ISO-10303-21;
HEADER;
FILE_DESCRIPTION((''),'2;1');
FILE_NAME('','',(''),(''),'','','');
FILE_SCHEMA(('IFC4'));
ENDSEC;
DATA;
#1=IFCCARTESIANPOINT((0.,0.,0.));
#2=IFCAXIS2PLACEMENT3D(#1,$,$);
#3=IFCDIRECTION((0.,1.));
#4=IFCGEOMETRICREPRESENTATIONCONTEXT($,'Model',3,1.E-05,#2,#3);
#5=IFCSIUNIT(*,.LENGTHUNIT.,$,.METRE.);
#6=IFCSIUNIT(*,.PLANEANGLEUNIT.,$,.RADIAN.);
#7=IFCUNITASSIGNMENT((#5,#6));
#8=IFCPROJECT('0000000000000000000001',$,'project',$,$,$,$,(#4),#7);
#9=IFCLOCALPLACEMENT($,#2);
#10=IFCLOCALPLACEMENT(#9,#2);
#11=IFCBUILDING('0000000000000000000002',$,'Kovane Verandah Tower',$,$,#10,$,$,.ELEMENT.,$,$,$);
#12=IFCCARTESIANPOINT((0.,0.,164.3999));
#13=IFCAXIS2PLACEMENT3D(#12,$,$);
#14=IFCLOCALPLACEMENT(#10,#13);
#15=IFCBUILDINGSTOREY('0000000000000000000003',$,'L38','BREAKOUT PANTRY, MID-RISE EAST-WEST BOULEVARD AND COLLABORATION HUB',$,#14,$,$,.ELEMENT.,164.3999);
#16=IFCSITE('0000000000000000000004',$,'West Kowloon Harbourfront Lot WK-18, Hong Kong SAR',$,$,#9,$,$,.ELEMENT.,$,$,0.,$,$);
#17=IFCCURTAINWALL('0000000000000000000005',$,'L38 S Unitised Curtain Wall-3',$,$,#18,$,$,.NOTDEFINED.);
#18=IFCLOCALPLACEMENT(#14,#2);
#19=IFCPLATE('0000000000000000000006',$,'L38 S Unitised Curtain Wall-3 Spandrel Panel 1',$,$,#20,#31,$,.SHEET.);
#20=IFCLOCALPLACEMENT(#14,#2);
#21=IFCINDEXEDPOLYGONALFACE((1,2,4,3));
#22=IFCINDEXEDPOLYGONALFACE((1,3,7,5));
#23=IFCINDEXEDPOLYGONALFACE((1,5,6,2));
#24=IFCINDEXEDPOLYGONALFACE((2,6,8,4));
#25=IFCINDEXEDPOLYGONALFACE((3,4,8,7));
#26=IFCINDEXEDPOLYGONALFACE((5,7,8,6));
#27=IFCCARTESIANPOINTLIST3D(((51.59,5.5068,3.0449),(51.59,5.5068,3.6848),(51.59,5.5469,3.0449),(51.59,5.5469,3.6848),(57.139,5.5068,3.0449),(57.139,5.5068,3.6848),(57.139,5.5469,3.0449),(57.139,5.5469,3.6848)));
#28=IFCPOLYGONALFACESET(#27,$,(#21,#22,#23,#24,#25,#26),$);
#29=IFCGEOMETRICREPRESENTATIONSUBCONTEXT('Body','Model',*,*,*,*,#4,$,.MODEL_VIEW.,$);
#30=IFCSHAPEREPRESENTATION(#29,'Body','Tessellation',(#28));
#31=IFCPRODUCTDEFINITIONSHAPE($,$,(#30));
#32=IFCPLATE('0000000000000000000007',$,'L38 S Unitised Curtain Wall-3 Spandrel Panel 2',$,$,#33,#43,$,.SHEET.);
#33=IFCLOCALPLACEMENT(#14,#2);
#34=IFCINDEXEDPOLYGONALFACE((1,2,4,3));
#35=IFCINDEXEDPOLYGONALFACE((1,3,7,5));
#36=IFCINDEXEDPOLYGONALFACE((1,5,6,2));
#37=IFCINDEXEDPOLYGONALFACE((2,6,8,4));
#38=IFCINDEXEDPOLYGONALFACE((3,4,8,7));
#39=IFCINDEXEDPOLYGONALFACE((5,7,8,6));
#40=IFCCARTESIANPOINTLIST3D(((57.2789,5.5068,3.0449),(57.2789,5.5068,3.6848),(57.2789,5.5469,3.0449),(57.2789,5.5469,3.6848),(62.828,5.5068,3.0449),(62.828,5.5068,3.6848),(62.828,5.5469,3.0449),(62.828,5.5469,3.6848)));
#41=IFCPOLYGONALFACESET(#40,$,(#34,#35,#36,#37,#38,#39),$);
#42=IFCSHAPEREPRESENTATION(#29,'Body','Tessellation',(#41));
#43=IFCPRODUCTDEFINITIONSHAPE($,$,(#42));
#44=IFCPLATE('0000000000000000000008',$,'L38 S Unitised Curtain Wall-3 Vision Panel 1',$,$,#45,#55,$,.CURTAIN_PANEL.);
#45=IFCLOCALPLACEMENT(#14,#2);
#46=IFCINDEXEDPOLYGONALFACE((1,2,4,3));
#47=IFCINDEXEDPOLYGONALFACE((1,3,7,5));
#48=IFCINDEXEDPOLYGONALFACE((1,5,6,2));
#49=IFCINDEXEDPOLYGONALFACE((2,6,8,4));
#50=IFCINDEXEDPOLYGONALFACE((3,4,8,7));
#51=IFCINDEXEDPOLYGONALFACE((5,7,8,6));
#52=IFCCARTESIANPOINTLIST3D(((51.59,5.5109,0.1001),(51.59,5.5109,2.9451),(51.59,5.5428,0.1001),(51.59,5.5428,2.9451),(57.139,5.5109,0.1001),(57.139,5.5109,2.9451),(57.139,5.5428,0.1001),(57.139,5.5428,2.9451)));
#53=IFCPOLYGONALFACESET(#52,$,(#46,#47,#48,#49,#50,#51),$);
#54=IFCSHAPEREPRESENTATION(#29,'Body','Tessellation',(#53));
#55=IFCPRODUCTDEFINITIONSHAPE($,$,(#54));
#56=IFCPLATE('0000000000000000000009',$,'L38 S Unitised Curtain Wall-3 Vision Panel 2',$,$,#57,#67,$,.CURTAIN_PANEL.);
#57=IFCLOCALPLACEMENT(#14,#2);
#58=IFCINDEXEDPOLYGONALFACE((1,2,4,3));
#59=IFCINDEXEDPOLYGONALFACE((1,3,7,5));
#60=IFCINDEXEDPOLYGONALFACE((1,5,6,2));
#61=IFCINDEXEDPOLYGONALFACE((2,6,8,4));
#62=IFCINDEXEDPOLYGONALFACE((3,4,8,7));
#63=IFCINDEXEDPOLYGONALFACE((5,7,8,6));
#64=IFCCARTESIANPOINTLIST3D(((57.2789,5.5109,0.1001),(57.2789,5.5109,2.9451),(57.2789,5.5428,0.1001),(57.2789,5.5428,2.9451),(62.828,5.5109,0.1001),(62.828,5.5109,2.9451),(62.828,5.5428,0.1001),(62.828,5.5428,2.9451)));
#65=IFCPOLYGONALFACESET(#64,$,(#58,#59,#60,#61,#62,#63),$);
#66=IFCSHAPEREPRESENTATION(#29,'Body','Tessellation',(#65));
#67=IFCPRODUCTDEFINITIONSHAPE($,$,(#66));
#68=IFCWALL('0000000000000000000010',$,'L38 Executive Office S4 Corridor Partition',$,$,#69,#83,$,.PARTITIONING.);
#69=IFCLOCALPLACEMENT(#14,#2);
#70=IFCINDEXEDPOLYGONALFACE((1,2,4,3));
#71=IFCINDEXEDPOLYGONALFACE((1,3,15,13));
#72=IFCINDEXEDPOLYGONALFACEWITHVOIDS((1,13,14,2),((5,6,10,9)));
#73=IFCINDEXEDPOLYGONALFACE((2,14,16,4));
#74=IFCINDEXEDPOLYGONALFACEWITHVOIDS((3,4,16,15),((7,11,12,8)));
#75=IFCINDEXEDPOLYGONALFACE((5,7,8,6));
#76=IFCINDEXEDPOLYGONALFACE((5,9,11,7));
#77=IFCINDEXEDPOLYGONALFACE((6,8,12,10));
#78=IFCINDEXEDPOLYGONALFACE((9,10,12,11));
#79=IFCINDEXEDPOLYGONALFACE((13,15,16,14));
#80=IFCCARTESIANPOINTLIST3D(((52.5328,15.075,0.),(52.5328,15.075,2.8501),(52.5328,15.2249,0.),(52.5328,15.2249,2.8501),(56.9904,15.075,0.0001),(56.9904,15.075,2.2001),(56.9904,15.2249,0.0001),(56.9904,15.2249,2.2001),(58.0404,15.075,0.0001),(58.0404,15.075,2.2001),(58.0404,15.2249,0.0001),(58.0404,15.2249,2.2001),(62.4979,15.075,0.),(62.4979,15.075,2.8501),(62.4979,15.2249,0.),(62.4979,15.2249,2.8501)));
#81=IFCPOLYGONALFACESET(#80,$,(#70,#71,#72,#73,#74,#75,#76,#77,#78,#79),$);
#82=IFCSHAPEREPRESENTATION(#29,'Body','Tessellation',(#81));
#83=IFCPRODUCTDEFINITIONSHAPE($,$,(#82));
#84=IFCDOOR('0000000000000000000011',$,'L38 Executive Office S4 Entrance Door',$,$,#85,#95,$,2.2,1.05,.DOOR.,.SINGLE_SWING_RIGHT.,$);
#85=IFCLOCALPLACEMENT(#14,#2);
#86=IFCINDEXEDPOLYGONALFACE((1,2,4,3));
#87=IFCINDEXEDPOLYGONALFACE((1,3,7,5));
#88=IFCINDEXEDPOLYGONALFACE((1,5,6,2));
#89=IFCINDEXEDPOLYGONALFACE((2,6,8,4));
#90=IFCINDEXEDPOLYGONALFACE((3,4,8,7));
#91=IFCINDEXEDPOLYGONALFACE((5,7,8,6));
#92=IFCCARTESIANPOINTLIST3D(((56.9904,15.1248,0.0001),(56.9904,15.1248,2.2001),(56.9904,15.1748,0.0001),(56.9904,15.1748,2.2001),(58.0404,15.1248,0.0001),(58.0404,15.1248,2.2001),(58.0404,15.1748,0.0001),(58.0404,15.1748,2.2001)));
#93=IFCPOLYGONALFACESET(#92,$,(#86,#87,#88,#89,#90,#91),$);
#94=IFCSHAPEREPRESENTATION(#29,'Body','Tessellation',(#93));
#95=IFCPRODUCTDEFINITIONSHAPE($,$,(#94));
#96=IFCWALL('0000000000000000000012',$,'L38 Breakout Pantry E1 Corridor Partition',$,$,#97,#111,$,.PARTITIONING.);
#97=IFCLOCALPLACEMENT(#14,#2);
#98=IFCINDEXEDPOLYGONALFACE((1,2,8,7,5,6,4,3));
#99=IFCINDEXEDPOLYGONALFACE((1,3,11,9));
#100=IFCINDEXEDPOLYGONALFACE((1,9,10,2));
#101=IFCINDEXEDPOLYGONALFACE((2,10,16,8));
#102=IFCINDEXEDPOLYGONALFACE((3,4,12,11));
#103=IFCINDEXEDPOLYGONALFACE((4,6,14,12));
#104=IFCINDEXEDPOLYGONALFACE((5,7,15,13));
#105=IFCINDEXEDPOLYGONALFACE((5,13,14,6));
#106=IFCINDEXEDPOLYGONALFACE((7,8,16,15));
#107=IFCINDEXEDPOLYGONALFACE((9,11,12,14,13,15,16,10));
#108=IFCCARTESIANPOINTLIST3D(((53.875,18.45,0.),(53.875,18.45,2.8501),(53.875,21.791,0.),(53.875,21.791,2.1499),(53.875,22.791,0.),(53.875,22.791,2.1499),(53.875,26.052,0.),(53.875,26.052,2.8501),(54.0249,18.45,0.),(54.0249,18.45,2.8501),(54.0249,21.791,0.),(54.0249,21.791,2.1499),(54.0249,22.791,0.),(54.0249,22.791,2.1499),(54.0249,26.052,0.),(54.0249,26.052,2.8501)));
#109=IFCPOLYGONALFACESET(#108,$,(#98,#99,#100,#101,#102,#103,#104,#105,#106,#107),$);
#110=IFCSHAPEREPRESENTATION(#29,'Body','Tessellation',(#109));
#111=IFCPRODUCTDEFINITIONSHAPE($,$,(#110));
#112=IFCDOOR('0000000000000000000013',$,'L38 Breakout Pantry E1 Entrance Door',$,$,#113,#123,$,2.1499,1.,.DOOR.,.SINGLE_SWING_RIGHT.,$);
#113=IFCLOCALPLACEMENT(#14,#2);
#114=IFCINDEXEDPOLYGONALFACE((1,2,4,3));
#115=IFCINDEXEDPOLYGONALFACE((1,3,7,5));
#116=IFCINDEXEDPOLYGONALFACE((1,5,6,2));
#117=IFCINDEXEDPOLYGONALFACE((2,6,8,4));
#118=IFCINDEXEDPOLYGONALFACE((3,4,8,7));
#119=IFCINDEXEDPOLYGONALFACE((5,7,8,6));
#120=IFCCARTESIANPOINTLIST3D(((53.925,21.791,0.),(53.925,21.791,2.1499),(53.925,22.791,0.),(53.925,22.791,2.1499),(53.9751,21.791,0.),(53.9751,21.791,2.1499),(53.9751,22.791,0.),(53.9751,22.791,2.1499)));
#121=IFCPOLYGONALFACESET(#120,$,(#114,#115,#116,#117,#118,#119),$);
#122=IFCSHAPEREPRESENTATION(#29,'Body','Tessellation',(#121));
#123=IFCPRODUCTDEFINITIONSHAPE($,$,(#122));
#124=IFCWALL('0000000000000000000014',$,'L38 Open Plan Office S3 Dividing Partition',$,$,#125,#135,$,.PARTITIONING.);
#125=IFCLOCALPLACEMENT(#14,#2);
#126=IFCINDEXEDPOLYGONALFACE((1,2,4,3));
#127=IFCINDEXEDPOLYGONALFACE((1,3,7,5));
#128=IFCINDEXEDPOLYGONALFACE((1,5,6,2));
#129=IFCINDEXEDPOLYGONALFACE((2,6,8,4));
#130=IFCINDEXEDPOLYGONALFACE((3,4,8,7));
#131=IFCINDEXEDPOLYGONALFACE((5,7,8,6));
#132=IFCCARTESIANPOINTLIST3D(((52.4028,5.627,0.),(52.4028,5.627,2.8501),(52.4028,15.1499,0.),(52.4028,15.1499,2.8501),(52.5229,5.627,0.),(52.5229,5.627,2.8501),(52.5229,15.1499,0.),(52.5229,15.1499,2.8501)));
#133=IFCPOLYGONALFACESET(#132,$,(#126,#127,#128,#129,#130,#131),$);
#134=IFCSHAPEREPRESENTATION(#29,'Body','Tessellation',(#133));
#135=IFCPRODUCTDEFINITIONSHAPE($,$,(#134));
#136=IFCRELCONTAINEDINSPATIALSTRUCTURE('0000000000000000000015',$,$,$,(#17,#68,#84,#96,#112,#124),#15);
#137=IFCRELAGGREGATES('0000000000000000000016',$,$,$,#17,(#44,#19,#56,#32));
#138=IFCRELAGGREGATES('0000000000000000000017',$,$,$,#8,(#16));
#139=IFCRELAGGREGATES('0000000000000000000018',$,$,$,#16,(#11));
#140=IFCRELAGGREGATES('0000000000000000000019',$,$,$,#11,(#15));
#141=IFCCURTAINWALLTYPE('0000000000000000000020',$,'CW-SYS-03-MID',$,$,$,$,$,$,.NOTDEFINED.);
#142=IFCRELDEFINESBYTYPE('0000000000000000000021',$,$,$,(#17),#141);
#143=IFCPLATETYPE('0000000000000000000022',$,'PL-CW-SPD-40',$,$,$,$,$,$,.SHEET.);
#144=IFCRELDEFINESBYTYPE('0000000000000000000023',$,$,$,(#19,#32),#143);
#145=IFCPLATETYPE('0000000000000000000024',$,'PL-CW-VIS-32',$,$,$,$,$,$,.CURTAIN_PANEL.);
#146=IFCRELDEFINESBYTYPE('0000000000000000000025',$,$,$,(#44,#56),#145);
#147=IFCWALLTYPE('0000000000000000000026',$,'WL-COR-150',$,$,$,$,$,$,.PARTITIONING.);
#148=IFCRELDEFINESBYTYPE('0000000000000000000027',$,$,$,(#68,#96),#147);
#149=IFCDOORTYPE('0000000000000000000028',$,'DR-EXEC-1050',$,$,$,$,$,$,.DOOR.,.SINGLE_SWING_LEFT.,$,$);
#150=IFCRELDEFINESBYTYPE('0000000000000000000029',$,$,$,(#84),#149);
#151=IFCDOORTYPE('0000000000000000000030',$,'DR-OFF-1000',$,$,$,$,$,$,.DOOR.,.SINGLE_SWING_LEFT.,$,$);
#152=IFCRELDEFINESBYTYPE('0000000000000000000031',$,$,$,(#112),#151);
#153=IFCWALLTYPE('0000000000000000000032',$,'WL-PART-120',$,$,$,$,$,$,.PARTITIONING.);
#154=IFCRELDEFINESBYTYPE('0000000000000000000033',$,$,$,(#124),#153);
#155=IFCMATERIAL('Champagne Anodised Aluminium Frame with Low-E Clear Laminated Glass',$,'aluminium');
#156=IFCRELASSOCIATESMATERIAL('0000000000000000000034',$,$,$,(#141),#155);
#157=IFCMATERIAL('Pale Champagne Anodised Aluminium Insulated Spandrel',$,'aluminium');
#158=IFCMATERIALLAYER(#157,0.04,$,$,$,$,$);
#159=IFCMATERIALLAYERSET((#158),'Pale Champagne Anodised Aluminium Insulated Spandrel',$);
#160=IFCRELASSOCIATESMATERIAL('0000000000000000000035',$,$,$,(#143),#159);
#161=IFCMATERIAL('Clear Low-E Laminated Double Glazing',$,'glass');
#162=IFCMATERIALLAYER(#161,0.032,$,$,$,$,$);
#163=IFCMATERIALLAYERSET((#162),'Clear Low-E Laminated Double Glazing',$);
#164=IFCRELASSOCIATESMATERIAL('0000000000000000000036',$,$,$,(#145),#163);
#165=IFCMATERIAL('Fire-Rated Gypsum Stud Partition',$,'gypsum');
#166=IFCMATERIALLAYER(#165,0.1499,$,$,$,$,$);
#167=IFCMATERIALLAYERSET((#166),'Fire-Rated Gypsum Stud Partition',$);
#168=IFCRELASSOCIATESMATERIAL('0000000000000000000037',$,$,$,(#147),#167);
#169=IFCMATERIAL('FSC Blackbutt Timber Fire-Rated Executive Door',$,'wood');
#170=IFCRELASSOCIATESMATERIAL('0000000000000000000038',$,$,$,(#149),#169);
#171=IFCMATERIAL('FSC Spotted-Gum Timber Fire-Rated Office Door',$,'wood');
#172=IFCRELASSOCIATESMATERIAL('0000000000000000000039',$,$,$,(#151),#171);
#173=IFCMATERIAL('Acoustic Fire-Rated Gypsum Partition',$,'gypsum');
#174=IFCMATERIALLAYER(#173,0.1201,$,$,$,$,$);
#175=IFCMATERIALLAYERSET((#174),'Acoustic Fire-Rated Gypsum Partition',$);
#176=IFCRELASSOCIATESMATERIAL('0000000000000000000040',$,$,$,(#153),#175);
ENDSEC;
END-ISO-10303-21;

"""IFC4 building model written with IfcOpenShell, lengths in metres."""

from ifc_helpers import new_model, si_unit, direction, frame, frame_2d, origin, origin_2d, place, context, subcontext, project, spatial, rectangle, extrude, material, layer, layer_set, type_object, element, fill, aggregate, save


model = new_model("IFC4")

# Units and contexts
model_context = context("Model", 3, precision=1e-05, world=origin(), true_north=direction((0.0, 1.0)))
body_context = subcontext(model_context, "Body", "Model", "MODEL_VIEW")
ifc_project = project(units=[si_unit("LENGTHUNIT", "METRE"), si_unit("PLANEANGLEUNIT", "RADIAN")], contexts=[model_context])

# Site, building, storey
site_placement = place(None, origin())
site = spatial("IfcSite", under=ifc_project, at=site_placement, Name="West Kowloon Harbourfront Lot WK-18, Hong Kong SAR", CompositionType="ELEMENT", RefElevation=0.0)
building_placement = place(site_placement, origin())
building = spatial("IfcBuilding", under=site, at=building_placement, Name="Kovane Verandah Tower", CompositionType="ELEMENT")
storey_placement = place(building_placement, frame((0.0, 0.0, 164.3999)))
storey = spatial("IfcBuildingStorey", under=building, at=storey_placement, Name="L38", Description="BREAKOUT PANTRY, MID-RISE EAST-WEST BOULEVARD AND COLLABORATION HUB", CompositionType="ELEMENT", Elevation=164.3999)

# Curtain wall
ifc_material_1 = material(Name="Champagne Anodised Aluminium Frame with Low-E Clear Laminated Glass", Category="aluminium")
curtain_wall_type = type_object("IfcCurtainWallType", Name="CW-SYS-03-MID", PredefinedType="NOTDEFINED", material=ifc_material_1)
curtain_wall_placement = place(storey_placement, origin())
curtain_wall = element("IfcCurtainWall", 1, at=curtain_wall_placement, inside=storey, type_object=curtain_wall_type, Name="L38 S Unitised Curtain Wall-3", PredefinedType="NOTDEFINED")

# Plates
ifc_material_2 = material(Name="Pale Champagne Anodised Aluminium Insulated Spandrel", Category="aluminium")
ifc_layer_1 = layer(ifc_material_2, 0.04)
ifc_layer_set_1 = layer_set([ifc_layer_1], Name="Pale Champagne Anodised Aluminium Insulated Spandrel")
plate_type_1 = type_object("IfcPlateType", Name="PL-CW-SPD-40", PredefinedType="SHEET", material=ifc_layer_set_1)
plate_1_placement = place(storey_placement, frame((54.3645, 5.5269, 3.0449), z_axis=(0.0, 0.0, 1.0), x_axis=(1.0, 0.0, 0.0)))
plate_1 = element("IfcPlate", 2, at=plate_1_placement, type_object=plate_type_1, Name="L38 S Unitised Curtain Wall-3 Spandrel Panel 1", PredefinedType="SHEET", context=body_context, shape_type="SweptSolid", body=[
    extrude(rectangle(XDim=5.5491, YDim=0.04, at=origin_2d()), origin(), (0.0, 0.0, 1.0), 0.6399),
])
plate_2_placement = place(storey_placement, frame((60.0535, 5.5269, 3.0449), z_axis=(0.0, 0.0, 1.0), x_axis=(1.0, 0.0, 0.0)))
plate_2 = element("IfcPlate", 3, at=plate_2_placement, type_object=plate_type_1, Name="L38 S Unitised Curtain Wall-3 Spandrel Panel 2", PredefinedType="SHEET", context=body_context, shape_type="SweptSolid", body=[
    extrude(rectangle(XDim=5.5491, YDim=0.04, at=origin_2d()), origin(), (0.0, 0.0, 1.0), 0.6399),
])
ifc_material_3 = material(Name="Clear Low-E Laminated Double Glazing", Category="glass")
ifc_layer_2 = layer(ifc_material_3, 0.032)
ifc_layer_set_2 = layer_set([ifc_layer_2], Name="Clear Low-E Laminated Double Glazing")
plate_type_2 = type_object("IfcPlateType", Name="PL-CW-VIS-32", PredefinedType="CURTAIN_PANEL", material=ifc_layer_set_2)
plate_3_placement = place(storey_placement, frame((54.3645, 5.5269, 0.1001), z_axis=(0.0, 0.0, 1.0), x_axis=(1.0, 0.0, 0.0)))
plate_3 = element("IfcPlate", 4, at=plate_3_placement, type_object=plate_type_2, Name="L38 S Unitised Curtain Wall-3 Vision Panel 1", PredefinedType="CURTAIN_PANEL", context=body_context, shape_type="SweptSolid", body=[
    extrude(rectangle(XDim=5.5491, YDim=0.032, at=origin_2d()), origin(), (0.0, 0.0, 1.0), 2.845),
])
plate_4_placement = place(storey_placement, frame((60.0535, 5.5269, 0.1001), z_axis=(0.0, 0.0, 1.0), x_axis=(1.0, 0.0, 0.0)))
plate_4 = element("IfcPlate", 5, at=plate_4_placement, type_object=plate_type_2, Name="L38 S Unitised Curtain Wall-3 Vision Panel 2", PredefinedType="CURTAIN_PANEL", context=body_context, shape_type="SweptSolid", body=[
    extrude(rectangle(XDim=5.5491, YDim=0.032, at=origin_2d()), origin(), (0.0, 0.0, 1.0), 2.845),
])
aggregate(curtain_wall, [plate_3, plate_1, plate_4, plate_2])

# Walls, openings, doors
ifc_material_4 = material(Name="Fire-Rated Gypsum Stud Partition", Category="gypsum")
ifc_layer_3 = layer(ifc_material_4, 0.1499)
ifc_layer_set_3 = layer_set([ifc_layer_3], Name="Fire-Rated Gypsum Stud Partition")
wall_type_1 = type_object("IfcWallType", Name="WL-COR-150", PredefinedType="PARTITIONING", material=ifc_layer_set_3)
wall_1_placement = place(storey_placement, frame((52.533, 15.1499, 0.0), z_axis=(0.0, 0.0, 1.0), x_axis=(1.0, 0.0, 0.0)))
wall_1 = element("IfcWall", 6, at=wall_1_placement, inside=storey, type_object=wall_type_1, Name="L38 Executive Office S4 Corridor Partition", PredefinedType="PARTITIONING", context=body_context, shape_type="SweptSolid", body=[
    extrude(rectangle(XDim=9.9651, YDim=0.1499, at=frame_2d((4.9824, 0.0))), origin(), (0.0, 0.0, 1.0), 2.8501),
])
opening_1_placement = place(wall_1_placement, frame((4.4575, 0.0, 0.0)))
opening_1 = element("IfcOpeningElement", 7, at=opening_1_placement, cuts=wall_1, PredefinedType="OPENING", context=body_context, shape_type="SweptSolid", body=[
    extrude(rectangle(XDim=1.05, YDim=2.2, at=frame_2d((0.5249, 1.1001))), frame((0.0, 0.075, 0.0), z_axis=(0.0, -1.0, 0.0), x_axis=(1.0, 0.0, 0.0)), (0.0, 0.0, 1.0), 0.1499),
])
ifc_material_5 = material(Name="FSC Blackbutt Timber Fire-Rated Executive Door", Category="wood")
door_type_1 = type_object("IfcDoorType", Name="DR-EXEC-1050", OperationType="SINGLE_SWING_LEFT", PredefinedType="DOOR", material=ifc_material_5)
door_1_placement = place(opening_1_placement, origin())
door_1 = element("IfcDoor", 8, at=door_1_placement, inside=storey, type_object=door_type_1, Name="L38 Executive Office S4 Entrance Door", OperationType="SINGLE_SWING_RIGHT", OverallHeight=2.2, OverallWidth=1.05, PredefinedType="DOOR", context=body_context, shape_type="SweptSolid", body=[
    extrude(rectangle(XDim=1.05, YDim=2.2, at=frame_2d((0.5249, 1.1001))), frame((0.0, 0.0249, 0.0), z_axis=(0.0, -1.0, 0.0), x_axis=(1.0, 0.0, 0.0)), (0.0, 0.0, 1.0), 0.05),
])
fill(opening_1, door_1)
wall_2_placement = place(storey_placement, frame((53.95, 18.45, 0.0), z_axis=(0.0, 0.0, 1.0), x_axis=(0.0, 1.0, 0.0)))
wall_2 = element("IfcWall", 9, at=wall_2_placement, inside=storey, type_object=wall_type_1, Name="L38 Breakout Pantry E1 Corridor Partition", PredefinedType="PARTITIONING", context=body_context, shape_type="SweptSolid", body=[
    extrude(rectangle(XDim=7.6021, YDim=0.1499, at=frame_2d((3.801, 0.0))), origin(), (0.0, 0.0, 1.0), 2.8501),
])
opening_2_placement = place(wall_2_placement, frame((3.3411, 0.0, 0.0)))
opening_2 = element("IfcOpeningElement", 10, at=opening_2_placement, cuts=wall_2, PredefinedType="OPENING", context=body_context, shape_type="SweptSolid", body=[
    extrude(rectangle(XDim=1.0, YDim=2.1499, at=frame_2d((0.5, 1.075))), frame((0.0, 0.075, 0.0), z_axis=(0.0, -1.0, 0.0), x_axis=(1.0, 0.0, 0.0)), (0.0, 0.0, 1.0), 0.1499),
])
ifc_material_6 = material(Name="FSC Spotted-Gum Timber Fire-Rated Office Door", Category="wood")
door_type_2 = type_object("IfcDoorType", Name="DR-OFF-1000", OperationType="SINGLE_SWING_LEFT", PredefinedType="DOOR", material=ifc_material_6)
door_2_placement = place(opening_2_placement, origin())
door_2 = element("IfcDoor", 11, at=door_2_placement, inside=storey, type_object=door_type_2, Name="L38 Breakout Pantry E1 Entrance Door", OperationType="SINGLE_SWING_RIGHT", OverallHeight=2.1499, OverallWidth=1.0, PredefinedType="DOOR", context=body_context, shape_type="SweptSolid", body=[
    extrude(rectangle(XDim=1.0, YDim=2.1499, at=frame_2d((0.5, 1.075))), frame((0.0, 0.0249, 0.0), z_axis=(0.0, -1.0, 0.0), x_axis=(1.0, 0.0, 0.0)), (0.0, 0.0, 1.0), 0.05),
])
fill(opening_2, door_2)

# Wall
ifc_material_7 = material(Name="Acoustic Fire-Rated Gypsum Partition", Category="gypsum")
ifc_layer_4 = layer(ifc_material_7, 0.1201)
ifc_layer_set_4 = layer_set([ifc_layer_4], Name="Acoustic Fire-Rated Gypsum Partition")
wall_type_2 = type_object("IfcWallType", Name="WL-PART-120", PredefinedType="PARTITIONING", material=ifc_layer_set_4)
wall_3_placement = place(storey_placement, frame((52.4629, 5.627, 0.0), z_axis=(0.0, 0.0, 1.0), x_axis=(0.0, 1.0, 0.0)))
element("IfcWall", 12, at=wall_3_placement, inside=storey, type_object=wall_type_2, Name="L38 Open Plan Office S3 Dividing Partition", PredefinedType="PARTITIONING", context=body_context, shape_type="SweptSolid", body=[
    extrude(rectangle(XDim=9.5229, YDim=0.1201, at=frame_2d((4.7615, 0.0))), origin(), (0.0, 0.0, 1.0), 2.8501),
])

save(model, "model.ifc")
